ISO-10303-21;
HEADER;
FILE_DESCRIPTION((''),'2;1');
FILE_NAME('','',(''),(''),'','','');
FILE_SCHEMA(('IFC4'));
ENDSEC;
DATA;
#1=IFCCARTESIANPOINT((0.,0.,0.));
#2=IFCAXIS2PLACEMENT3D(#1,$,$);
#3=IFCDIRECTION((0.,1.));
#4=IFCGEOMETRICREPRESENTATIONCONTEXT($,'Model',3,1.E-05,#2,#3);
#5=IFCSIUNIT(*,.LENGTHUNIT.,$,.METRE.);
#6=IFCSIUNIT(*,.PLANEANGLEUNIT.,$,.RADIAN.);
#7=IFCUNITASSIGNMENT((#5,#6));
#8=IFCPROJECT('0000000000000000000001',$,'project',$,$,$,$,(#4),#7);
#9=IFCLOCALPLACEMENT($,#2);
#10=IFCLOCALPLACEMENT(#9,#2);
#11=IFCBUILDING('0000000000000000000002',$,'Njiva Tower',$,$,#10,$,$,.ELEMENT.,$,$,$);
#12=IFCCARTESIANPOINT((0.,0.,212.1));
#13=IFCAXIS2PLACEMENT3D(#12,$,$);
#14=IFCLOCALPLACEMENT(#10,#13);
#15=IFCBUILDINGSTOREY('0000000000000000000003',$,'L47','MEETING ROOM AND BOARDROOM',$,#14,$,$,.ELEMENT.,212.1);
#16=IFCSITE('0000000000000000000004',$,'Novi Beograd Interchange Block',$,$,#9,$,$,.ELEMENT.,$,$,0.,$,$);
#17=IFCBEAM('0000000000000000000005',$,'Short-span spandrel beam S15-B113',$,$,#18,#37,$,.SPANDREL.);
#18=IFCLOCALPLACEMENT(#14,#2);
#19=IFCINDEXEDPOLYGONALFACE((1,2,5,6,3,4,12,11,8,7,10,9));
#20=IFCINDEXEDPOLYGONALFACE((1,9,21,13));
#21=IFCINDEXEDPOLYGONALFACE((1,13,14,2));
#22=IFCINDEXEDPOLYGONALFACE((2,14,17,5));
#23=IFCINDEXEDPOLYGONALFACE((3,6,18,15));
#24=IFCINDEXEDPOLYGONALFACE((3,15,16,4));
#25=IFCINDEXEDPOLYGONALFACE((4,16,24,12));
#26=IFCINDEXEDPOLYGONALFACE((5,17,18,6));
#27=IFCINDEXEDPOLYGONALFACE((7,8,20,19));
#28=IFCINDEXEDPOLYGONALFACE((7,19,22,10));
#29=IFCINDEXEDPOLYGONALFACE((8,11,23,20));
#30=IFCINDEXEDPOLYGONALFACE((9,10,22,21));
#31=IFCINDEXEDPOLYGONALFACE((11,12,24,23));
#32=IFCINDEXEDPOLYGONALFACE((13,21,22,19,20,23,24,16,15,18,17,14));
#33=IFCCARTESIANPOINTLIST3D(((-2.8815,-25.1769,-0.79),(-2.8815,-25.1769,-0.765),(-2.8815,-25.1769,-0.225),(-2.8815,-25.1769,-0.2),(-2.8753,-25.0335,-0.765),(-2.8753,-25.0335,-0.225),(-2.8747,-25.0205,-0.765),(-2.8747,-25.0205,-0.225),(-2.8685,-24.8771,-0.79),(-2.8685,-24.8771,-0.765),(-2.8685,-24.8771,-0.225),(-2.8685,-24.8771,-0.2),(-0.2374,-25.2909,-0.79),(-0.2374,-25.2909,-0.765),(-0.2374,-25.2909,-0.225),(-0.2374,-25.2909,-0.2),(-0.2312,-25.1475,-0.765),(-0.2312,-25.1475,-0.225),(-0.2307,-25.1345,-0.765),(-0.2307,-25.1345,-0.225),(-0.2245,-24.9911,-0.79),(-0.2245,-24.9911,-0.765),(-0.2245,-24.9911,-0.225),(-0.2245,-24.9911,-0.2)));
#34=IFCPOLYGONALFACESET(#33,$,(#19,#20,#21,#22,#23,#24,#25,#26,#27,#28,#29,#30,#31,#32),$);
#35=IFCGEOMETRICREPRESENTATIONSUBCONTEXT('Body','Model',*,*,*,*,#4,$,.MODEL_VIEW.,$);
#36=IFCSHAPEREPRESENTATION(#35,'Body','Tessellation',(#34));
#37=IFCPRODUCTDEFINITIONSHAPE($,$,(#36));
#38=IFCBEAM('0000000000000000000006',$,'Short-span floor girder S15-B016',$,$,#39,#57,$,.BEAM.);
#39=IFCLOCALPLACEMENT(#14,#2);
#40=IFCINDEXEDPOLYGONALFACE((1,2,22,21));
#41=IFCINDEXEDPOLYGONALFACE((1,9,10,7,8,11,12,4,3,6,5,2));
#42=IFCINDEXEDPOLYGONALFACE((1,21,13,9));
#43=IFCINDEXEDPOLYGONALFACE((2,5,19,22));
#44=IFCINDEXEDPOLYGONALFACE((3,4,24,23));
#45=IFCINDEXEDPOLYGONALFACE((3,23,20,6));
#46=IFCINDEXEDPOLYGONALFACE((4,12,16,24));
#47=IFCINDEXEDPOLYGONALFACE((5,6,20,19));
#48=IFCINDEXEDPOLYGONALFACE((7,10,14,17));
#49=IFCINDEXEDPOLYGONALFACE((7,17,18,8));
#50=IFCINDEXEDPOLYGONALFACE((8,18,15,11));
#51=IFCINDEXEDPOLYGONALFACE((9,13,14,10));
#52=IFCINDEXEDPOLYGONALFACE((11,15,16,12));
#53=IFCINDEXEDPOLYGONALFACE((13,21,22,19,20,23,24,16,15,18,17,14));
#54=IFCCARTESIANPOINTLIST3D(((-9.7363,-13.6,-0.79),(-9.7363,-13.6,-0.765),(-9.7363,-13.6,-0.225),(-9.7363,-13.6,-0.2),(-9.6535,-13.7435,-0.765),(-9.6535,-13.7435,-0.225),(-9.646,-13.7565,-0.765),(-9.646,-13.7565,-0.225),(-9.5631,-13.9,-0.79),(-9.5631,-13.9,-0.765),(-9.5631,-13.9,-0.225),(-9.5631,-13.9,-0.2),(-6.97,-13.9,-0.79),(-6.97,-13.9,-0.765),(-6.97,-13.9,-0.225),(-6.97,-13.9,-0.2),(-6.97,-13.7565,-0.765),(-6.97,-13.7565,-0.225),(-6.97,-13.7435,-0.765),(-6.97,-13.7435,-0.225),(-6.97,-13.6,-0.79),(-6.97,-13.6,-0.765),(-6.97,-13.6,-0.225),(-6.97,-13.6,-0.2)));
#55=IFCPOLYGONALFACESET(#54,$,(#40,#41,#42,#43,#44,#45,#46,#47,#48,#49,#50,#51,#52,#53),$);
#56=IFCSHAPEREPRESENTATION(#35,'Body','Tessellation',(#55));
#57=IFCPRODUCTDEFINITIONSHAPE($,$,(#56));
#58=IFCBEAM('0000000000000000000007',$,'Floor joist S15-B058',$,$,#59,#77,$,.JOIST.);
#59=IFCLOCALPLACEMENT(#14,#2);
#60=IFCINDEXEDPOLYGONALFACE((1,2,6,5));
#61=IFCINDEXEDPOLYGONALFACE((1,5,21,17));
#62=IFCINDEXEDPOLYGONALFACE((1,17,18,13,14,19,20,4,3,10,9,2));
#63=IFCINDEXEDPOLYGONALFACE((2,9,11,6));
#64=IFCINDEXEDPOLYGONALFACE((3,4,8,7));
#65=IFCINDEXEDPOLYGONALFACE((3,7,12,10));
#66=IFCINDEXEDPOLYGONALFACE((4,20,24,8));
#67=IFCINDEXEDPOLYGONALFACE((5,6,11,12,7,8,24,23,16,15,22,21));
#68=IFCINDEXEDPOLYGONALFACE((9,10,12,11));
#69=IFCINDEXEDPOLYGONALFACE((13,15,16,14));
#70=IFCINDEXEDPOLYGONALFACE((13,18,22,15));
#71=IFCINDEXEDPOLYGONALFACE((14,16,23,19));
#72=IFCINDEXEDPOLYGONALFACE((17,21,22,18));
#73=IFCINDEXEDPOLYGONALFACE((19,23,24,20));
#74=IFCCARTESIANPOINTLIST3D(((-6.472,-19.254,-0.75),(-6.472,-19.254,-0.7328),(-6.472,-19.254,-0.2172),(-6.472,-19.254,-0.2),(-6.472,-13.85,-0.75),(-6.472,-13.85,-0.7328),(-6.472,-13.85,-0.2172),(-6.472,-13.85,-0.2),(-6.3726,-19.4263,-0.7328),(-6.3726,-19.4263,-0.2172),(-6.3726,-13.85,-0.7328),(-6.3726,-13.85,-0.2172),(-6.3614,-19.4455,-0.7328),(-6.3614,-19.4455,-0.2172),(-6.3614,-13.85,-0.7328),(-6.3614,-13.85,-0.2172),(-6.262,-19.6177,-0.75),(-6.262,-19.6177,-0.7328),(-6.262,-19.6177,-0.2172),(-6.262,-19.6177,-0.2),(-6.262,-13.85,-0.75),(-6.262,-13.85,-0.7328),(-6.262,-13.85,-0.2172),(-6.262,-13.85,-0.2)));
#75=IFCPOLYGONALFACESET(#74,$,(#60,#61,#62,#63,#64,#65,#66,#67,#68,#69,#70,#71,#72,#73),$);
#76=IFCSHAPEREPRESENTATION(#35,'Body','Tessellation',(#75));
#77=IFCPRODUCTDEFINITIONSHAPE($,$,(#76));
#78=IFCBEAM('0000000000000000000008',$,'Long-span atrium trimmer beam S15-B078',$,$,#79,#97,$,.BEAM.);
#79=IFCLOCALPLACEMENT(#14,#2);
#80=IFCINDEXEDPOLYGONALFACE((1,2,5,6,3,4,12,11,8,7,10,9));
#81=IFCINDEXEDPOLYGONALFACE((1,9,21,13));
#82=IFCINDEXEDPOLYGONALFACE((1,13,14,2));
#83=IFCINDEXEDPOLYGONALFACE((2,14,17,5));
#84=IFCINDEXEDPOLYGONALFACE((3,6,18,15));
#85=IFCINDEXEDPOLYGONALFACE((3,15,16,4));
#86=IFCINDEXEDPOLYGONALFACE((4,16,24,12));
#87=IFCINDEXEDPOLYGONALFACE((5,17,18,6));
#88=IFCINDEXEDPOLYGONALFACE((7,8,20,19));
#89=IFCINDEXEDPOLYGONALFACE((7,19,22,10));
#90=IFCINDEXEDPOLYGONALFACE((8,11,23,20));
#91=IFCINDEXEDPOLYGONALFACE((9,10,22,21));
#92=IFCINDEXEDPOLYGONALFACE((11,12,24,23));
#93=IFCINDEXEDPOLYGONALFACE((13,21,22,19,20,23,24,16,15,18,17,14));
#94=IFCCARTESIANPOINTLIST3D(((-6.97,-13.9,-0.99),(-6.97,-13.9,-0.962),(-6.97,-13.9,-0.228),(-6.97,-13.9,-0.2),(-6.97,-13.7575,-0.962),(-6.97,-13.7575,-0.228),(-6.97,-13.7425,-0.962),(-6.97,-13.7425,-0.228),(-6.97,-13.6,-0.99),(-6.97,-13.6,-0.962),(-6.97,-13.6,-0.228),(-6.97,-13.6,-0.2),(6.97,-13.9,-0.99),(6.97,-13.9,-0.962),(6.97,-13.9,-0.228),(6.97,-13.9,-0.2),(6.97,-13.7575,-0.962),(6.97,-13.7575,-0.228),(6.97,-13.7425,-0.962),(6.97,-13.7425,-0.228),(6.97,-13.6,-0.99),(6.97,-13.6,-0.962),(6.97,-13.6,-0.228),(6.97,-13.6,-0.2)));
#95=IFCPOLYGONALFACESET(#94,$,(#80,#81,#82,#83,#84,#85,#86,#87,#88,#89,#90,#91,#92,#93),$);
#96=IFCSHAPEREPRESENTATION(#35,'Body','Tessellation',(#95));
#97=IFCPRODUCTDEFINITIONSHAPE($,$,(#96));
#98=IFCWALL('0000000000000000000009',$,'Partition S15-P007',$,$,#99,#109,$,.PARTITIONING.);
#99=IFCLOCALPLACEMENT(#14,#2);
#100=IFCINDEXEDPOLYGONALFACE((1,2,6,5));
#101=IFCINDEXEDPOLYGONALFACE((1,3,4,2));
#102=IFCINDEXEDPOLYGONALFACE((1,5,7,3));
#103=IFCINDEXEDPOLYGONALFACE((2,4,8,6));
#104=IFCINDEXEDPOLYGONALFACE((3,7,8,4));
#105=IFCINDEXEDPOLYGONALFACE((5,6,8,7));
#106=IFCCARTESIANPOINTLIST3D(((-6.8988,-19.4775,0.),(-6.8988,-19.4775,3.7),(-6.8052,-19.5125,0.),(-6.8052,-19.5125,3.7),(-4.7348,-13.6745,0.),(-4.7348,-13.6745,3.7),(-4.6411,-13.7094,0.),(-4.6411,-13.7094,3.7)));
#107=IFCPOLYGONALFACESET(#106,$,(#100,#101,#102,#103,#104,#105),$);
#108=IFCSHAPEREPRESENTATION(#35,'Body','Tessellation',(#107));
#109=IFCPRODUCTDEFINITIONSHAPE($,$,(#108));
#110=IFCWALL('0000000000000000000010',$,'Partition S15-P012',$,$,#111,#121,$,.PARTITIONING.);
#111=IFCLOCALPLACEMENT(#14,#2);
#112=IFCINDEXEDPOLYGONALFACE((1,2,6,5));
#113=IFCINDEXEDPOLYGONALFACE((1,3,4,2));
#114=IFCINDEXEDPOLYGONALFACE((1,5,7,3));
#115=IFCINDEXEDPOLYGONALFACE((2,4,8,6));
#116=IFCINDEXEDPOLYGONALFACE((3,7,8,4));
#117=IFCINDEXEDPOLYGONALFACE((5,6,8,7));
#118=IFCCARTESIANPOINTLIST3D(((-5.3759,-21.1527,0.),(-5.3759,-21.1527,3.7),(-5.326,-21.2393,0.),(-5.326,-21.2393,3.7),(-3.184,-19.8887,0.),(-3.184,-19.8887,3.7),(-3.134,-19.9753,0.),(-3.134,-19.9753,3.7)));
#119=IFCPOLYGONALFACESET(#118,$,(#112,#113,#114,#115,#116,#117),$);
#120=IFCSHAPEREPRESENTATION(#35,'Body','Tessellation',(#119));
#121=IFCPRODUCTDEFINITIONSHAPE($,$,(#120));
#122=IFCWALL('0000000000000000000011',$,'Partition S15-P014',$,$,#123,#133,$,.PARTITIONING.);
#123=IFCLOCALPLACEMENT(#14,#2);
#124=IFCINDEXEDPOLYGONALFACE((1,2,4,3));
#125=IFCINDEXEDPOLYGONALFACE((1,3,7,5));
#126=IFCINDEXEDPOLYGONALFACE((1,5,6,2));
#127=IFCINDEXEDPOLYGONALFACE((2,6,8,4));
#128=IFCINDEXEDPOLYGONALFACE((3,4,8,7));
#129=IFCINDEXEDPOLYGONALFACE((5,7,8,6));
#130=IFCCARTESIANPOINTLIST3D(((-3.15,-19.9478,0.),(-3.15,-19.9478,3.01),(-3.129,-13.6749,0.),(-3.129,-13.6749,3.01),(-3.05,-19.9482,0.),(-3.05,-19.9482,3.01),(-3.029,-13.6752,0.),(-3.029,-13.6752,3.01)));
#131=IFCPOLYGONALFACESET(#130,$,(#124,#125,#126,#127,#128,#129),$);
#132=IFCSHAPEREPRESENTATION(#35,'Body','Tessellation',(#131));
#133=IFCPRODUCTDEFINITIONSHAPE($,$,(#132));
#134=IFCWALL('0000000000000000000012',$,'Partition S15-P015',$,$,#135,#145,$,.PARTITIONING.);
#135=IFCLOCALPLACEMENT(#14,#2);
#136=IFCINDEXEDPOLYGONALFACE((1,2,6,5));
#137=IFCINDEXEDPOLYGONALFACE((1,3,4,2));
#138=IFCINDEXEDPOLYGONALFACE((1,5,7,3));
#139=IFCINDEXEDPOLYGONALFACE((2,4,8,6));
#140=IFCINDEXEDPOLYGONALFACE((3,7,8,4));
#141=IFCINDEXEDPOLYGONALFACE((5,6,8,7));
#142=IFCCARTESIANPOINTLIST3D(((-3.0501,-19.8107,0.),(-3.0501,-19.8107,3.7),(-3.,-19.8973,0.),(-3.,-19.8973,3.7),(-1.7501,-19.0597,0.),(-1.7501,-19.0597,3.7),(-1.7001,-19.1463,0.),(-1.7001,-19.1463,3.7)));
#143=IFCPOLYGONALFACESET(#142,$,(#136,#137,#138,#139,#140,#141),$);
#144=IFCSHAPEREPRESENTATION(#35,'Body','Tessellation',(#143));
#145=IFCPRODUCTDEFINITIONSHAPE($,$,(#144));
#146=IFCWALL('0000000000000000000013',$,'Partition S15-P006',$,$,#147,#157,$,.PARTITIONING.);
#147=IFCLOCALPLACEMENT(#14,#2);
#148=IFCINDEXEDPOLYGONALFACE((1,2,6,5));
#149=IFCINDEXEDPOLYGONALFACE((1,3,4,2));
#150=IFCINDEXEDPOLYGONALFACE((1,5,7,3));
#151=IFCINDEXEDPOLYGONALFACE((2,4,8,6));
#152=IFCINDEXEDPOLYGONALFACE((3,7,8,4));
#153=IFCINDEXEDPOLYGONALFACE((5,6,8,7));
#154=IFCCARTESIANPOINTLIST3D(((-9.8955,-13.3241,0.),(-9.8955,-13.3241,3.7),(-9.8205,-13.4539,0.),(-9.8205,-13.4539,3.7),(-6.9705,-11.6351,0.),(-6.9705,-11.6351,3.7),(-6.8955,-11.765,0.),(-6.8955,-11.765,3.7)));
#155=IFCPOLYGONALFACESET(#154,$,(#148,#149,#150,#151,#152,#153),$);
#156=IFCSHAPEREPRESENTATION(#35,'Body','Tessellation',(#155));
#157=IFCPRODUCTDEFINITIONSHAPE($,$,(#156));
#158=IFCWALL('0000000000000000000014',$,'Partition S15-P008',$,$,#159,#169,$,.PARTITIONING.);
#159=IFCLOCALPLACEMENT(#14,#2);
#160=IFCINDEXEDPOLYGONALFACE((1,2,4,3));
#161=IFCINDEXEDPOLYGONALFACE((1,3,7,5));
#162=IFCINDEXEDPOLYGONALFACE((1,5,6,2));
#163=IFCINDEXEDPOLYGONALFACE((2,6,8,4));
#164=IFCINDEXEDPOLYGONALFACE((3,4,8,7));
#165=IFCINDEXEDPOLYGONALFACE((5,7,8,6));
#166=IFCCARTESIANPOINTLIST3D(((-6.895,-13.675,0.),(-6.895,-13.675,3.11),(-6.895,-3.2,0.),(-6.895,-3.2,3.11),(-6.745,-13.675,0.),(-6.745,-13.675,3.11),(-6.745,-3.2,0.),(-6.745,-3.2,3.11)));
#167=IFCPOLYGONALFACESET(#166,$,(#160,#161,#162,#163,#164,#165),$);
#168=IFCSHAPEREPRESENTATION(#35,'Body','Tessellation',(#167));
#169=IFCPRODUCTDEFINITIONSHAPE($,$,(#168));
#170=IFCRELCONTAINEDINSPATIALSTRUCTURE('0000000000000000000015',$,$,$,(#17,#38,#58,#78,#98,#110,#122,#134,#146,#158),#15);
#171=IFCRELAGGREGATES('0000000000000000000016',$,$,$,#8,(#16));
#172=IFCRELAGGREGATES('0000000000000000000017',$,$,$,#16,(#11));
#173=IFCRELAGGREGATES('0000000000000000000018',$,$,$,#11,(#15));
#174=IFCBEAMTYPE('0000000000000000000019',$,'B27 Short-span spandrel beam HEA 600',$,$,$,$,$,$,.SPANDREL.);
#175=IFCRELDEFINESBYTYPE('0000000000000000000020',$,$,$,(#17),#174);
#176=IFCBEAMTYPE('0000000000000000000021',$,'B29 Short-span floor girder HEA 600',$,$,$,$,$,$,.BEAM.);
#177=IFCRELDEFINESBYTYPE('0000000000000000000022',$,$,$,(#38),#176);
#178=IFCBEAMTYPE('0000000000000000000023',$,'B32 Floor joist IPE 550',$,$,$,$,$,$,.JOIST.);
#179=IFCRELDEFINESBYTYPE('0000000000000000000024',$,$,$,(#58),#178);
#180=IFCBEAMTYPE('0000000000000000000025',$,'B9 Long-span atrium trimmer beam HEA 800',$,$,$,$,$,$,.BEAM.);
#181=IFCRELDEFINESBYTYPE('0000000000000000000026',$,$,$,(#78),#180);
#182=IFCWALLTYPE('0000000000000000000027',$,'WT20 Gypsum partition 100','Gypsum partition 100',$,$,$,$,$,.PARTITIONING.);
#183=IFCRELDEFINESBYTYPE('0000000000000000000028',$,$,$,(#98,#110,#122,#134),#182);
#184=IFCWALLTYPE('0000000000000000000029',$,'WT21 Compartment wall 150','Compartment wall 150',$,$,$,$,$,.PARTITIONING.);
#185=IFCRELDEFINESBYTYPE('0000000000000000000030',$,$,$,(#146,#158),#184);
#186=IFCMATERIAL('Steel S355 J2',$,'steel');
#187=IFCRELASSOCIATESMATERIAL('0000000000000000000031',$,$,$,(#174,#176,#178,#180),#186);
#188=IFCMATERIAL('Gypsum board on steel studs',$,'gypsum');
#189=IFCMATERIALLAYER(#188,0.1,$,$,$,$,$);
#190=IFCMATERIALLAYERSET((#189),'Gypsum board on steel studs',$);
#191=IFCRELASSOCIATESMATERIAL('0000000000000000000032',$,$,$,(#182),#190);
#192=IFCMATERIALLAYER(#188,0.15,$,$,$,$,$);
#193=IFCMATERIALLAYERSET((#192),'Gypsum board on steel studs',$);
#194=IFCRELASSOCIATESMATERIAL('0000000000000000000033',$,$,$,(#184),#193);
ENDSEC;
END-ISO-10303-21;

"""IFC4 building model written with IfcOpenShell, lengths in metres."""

from ifc_helpers import new_model, si_unit, direction, frame, frame_2d, origin, origin_2d, place, context, subcontext, project, spatial, rectangle, i_section, extrude, clip, halfspace, material, layer, layer_set, material_profile, profile_set, type_object, element, save


model = new_model("IFC4")

# Units and contexts
model_context = context("Model", 3, precision=1e-05, world=origin(), true_north=direction((0.0, 1.0)))
body_context = subcontext(model_context, "Body", "Model", "MODEL_VIEW")
ifc_project = project(units=[si_unit("LENGTHUNIT", "METRE"), si_unit("PLANEANGLEUNIT", "RADIAN")], contexts=[model_context])

# Site, building, storey
site_placement = place(None, origin())
site = spatial("IfcSite", under=ifc_project, at=site_placement, Name="Novi Beograd Interchange Block", CompositionType="ELEMENT", RefElevation=0.0)
building_placement = place(site_placement, origin())
building = spatial("IfcBuilding", under=site, at=building_placement, Name="Njiva Tower", CompositionType="ELEMENT")
storey_placement = place(building_placement, frame((0.0, 0.0, 212.1)))
storey = spatial("IfcBuildingStorey", under=building, at=storey_placement, Name="L47", Description="MEETING ROOM AND BOARDROOM", CompositionType="ELEMENT", Elevation=212.1)

# Shared definitions
ifc_material_1 = material(Name="Steel S355 J2", Category="steel")

# Beams
ifc_material_profile_1 = material_profile(ifc_material_1, i_section(OverallWidth=0.3, OverallDepth=0.59, WebThickness=0.013, FlangeThickness=0.025, at=origin_2d()), Name="HEA 600")
ifc_profile_set_1 = profile_set([ifc_material_profile_1], Name="Steel S355 J2")
beam_type_1 = type_object("IfcBeamType", Name="B27 Short-span spandrel beam HEA 600", PredefinedType="SPANDREL", material=ifc_profile_set_1)
beam_1_placement = place(storey_placement, frame((-2.875, -25.027, -0.495), z_axis=(0.999072, -0.043076, 0.0), x_axis=(0.043076, 0.999072, 0.0)))
element("IfcBeam", 1, at=beam_1_placement, inside=storey, type_object=beam_type_1, Name="Short-span spandrel beam S15-B113", PredefinedType="SPANDREL", context=body_context, shape_type="SweptSolid", body=[
    extrude(i_section(OverallWidth=0.3, OverallDepth=0.59, WebThickness=0.013, FlangeThickness=0.025, at=origin_2d()), origin(), (0.0, 0.0, 1.0), 2.6465),
])
ifc_material_profile_2 = material_profile(ifc_material_1, i_section(OverallWidth=0.3, OverallDepth=0.59, WebThickness=0.013, FlangeThickness=0.025, at=origin_2d()), Name="HEA 600")
ifc_profile_set_2 = profile_set([ifc_material_profile_2], Name="Steel S355 J2")
beam_type_2 = type_object("IfcBeamType", Name="B29 Short-span floor girder HEA 600", PredefinedType="BEAM", material=ifc_profile_set_2)
beam_2_placement = place(storey_placement, frame((-9.757, -13.75, -0.495), z_axis=(1.0, 0.0, 0.0), x_axis=(0.0, 1.0, 0.0)))
element("IfcBeam", 2, at=beam_2_placement, inside=storey, type_object=beam_type_2, Name="Short-span floor girder S15-B016", PredefinedType="BEAM", context=body_context, shape_type="Clipping", body=[
    clip(extrude(i_section(OverallWidth=0.3, OverallDepth=0.59, WebThickness=0.013, FlangeThickness=0.025, at=origin_2d()), origin(), (0.0, 0.0, 1.0), 2.787), halfspace(frame((-0.025, 0.0, 0.1217), z_axis=(-0.499998, 0.0, -0.866027), x_axis=(0.0, -1.0, 0.0)), False)),
])
ifc_material_profile_3 = material_profile(ifc_material_1, i_section(OverallWidth=0.21, OverallDepth=0.55, WebThickness=0.0111, FlangeThickness=0.0172, at=origin_2d()), Name="IPE 550")
ifc_profile_set_3 = profile_set([ifc_material_profile_3], Name="Steel S355 J2")
beam_type_3 = type_object("IfcBeamType", Name="B32 Floor joist IPE 550", PredefinedType="JOIST", material=ifc_profile_set_3)
beam_3_placement = place(storey_placement, frame((-6.367, -13.85, -0.475), z_axis=(0.0, -1.0, 0.0), x_axis=(1.0, 0.0, 0.0)))
element("IfcBeam", 3, at=beam_3_placement, inside=storey, type_object=beam_type_3, Name="Floor joist S15-B058", PredefinedType="JOIST", context=body_context, shape_type="Clipping", body=[
    clip(extrude(i_section(OverallWidth=0.21, OverallDepth=0.55, WebThickness=0.0111, FlangeThickness=0.0172, at=origin_2d()), origin(), (0.0, 0.0, 1.0), 5.788), halfspace(frame((-0.043, 0.0, 5.5114), z_axis=(-0.866027, 0.0, 0.499998), x_axis=(0.0, 1.0, 0.0)), False)),
])
ifc_material_profile_4 = material_profile(ifc_material_1, i_section(OverallWidth=0.3, OverallDepth=0.79, WebThickness=0.015, FlangeThickness=0.028, at=origin_2d()), Name="HEA 800")
ifc_profile_set_4 = profile_set([ifc_material_profile_4], Name="Steel S355 J2")
beam_type_4 = type_object("IfcBeamType", Name="B9 Long-span atrium trimmer beam HEA 800", PredefinedType="BEAM", material=ifc_profile_set_4)
beam_4_placement = place(storey_placement, frame((-6.97, -13.75, -0.595), z_axis=(1.0, 0.0, 0.0), x_axis=(0.0, 1.0, 0.0)))
element("IfcBeam", 4, at=beam_4_placement, inside=storey, type_object=beam_type_4, Name="Long-span atrium trimmer beam S15-B078", PredefinedType="BEAM", context=body_context, shape_type="SweptSolid", body=[
    extrude(i_section(OverallWidth=0.3, OverallDepth=0.79, WebThickness=0.015, FlangeThickness=0.028, at=origin_2d()), origin(), (0.0, 0.0, 1.0), 13.94),
])

# Walls
ifc_material_2 = material(Name="Gypsum board on steel studs", Category="gypsum")
ifc_layer_1 = layer(ifc_material_2, 0.1)
ifc_layer_set_1 = layer_set([ifc_layer_1], Name="Gypsum board on steel studs")
wall_type_1 = type_object("IfcWallType", Name="WT20 Gypsum partition 100", Description="Gypsum partition 100", PredefinedType="PARTITIONING", material=ifc_layer_set_1)
wall_1_placement = place(storey_placement, frame((-6.852, -19.495, 0.0), z_axis=(0.0, 0.0, 1.0), x_axis=(0.349406, 0.936971, 0.0)))
element("IfcWall", 5, at=wall_1_placement, inside=storey, type_object=wall_type_1, Name="Partition S15-P007", PredefinedType="PARTITIONING", context=body_context, shape_type="SweptSolid", body=[
    extrude(rectangle(XDim=6.1934, YDim=0.1, at=frame_2d((3.0967, 0.0))), origin(), (0.0, 0.0, 1.0), 3.7),
])
wall_2_placement = place(storey_placement, frame((-5.351, -21.196, 0.0), z_axis=(0.0, 0.0, 1.0), x_axis=(0.866291, 0.49954, 0.0)))
element("IfcWall", 6, at=wall_2_placement, inside=storey, type_object=wall_type_1, Name="Partition S15-P012", PredefinedType="PARTITIONING", context=body_context, shape_type="SweptSolid", body=[
    extrude(rectangle(XDim=2.5303, YDim=0.1, at=frame_2d((1.2652, 0.0))), origin(), (0.0, 0.0, 1.0), 3.7),
])
wall_3_placement = place(storey_placement, frame((-3.1, -19.948, 0.0), z_axis=(0.0, 0.0, 1.0), x_axis=(0.003348, 0.999994, 0.0)))
element("IfcWall", 7, at=wall_3_placement, inside=storey, type_object=wall_type_1, Name="Partition S15-P014", PredefinedType="PARTITIONING", context=body_context, shape_type="SweptSolid", body=[
    extrude(rectangle(XDim=6.273, YDim=0.1, at=frame_2d((3.1365, 0.0))), origin(), (0.0, 0.0, 1.0), 3.01),
])
wall_4_placement = place(storey_placement, frame((-3.025, -19.854, 0.0), z_axis=(0.0, 0.0, 1.0), x_axis=(0.865897, 0.500222, 0.0)))
element("IfcWall", 8, at=wall_4_placement, inside=storey, type_object=wall_type_1, Name="Partition S15-P015", PredefinedType="PARTITIONING", context=body_context, shape_type="SweptSolid", body=[
    extrude(rectangle(XDim=1.5013, YDim=0.1, at=frame_2d((0.7506, 0.0))), origin(), (0.0, 0.0, 1.0), 3.7),
])
ifc_layer_2 = layer(ifc_material_2, 0.15)
ifc_layer_set_2 = layer_set([ifc_layer_2], Name="Gypsum board on steel studs")
wall_type_2 = type_object("IfcWallType", Name="WT21 Compartment wall 150", Description="Compartment wall 150", PredefinedType="PARTITIONING", material=ifc_layer_set_2)
wall_5_placement = place(storey_placement, frame((-9.858, -13.389, 0.0), z_axis=(0.0, 0.0, 1.0), x_axis=(0.865993, 0.500056, 0.0)))
element("IfcWall", 9, at=wall_5_placement, inside=storey, type_object=wall_type_2, Name="Partition S15-P006", PredefinedType="PARTITIONING", context=body_context, shape_type="SweptSolid", body=[
    extrude(rectangle(XDim=3.3776, YDim=0.15, at=frame_2d((1.6888, 0.0))), origin(), (0.0, 0.0, 1.0), 3.7),
])
wall_6_placement = place(storey_placement, frame((-6.82, -13.675, 0.0), z_axis=(0.0, 0.0, 1.0), x_axis=(0.0, 1.0, 0.0)))
element("IfcWall", 10, at=wall_6_placement, inside=storey, type_object=wall_type_2, Name="Partition S15-P008", PredefinedType="PARTITIONING", context=body_context, shape_type="SweptSolid", body=[
    extrude(rectangle(XDim=10.475, YDim=0.15, at=frame_2d((5.2375, 0.0))), origin(), (0.0, 0.0, 1.0), 3.11),
])

save(model, "model.ifc")
